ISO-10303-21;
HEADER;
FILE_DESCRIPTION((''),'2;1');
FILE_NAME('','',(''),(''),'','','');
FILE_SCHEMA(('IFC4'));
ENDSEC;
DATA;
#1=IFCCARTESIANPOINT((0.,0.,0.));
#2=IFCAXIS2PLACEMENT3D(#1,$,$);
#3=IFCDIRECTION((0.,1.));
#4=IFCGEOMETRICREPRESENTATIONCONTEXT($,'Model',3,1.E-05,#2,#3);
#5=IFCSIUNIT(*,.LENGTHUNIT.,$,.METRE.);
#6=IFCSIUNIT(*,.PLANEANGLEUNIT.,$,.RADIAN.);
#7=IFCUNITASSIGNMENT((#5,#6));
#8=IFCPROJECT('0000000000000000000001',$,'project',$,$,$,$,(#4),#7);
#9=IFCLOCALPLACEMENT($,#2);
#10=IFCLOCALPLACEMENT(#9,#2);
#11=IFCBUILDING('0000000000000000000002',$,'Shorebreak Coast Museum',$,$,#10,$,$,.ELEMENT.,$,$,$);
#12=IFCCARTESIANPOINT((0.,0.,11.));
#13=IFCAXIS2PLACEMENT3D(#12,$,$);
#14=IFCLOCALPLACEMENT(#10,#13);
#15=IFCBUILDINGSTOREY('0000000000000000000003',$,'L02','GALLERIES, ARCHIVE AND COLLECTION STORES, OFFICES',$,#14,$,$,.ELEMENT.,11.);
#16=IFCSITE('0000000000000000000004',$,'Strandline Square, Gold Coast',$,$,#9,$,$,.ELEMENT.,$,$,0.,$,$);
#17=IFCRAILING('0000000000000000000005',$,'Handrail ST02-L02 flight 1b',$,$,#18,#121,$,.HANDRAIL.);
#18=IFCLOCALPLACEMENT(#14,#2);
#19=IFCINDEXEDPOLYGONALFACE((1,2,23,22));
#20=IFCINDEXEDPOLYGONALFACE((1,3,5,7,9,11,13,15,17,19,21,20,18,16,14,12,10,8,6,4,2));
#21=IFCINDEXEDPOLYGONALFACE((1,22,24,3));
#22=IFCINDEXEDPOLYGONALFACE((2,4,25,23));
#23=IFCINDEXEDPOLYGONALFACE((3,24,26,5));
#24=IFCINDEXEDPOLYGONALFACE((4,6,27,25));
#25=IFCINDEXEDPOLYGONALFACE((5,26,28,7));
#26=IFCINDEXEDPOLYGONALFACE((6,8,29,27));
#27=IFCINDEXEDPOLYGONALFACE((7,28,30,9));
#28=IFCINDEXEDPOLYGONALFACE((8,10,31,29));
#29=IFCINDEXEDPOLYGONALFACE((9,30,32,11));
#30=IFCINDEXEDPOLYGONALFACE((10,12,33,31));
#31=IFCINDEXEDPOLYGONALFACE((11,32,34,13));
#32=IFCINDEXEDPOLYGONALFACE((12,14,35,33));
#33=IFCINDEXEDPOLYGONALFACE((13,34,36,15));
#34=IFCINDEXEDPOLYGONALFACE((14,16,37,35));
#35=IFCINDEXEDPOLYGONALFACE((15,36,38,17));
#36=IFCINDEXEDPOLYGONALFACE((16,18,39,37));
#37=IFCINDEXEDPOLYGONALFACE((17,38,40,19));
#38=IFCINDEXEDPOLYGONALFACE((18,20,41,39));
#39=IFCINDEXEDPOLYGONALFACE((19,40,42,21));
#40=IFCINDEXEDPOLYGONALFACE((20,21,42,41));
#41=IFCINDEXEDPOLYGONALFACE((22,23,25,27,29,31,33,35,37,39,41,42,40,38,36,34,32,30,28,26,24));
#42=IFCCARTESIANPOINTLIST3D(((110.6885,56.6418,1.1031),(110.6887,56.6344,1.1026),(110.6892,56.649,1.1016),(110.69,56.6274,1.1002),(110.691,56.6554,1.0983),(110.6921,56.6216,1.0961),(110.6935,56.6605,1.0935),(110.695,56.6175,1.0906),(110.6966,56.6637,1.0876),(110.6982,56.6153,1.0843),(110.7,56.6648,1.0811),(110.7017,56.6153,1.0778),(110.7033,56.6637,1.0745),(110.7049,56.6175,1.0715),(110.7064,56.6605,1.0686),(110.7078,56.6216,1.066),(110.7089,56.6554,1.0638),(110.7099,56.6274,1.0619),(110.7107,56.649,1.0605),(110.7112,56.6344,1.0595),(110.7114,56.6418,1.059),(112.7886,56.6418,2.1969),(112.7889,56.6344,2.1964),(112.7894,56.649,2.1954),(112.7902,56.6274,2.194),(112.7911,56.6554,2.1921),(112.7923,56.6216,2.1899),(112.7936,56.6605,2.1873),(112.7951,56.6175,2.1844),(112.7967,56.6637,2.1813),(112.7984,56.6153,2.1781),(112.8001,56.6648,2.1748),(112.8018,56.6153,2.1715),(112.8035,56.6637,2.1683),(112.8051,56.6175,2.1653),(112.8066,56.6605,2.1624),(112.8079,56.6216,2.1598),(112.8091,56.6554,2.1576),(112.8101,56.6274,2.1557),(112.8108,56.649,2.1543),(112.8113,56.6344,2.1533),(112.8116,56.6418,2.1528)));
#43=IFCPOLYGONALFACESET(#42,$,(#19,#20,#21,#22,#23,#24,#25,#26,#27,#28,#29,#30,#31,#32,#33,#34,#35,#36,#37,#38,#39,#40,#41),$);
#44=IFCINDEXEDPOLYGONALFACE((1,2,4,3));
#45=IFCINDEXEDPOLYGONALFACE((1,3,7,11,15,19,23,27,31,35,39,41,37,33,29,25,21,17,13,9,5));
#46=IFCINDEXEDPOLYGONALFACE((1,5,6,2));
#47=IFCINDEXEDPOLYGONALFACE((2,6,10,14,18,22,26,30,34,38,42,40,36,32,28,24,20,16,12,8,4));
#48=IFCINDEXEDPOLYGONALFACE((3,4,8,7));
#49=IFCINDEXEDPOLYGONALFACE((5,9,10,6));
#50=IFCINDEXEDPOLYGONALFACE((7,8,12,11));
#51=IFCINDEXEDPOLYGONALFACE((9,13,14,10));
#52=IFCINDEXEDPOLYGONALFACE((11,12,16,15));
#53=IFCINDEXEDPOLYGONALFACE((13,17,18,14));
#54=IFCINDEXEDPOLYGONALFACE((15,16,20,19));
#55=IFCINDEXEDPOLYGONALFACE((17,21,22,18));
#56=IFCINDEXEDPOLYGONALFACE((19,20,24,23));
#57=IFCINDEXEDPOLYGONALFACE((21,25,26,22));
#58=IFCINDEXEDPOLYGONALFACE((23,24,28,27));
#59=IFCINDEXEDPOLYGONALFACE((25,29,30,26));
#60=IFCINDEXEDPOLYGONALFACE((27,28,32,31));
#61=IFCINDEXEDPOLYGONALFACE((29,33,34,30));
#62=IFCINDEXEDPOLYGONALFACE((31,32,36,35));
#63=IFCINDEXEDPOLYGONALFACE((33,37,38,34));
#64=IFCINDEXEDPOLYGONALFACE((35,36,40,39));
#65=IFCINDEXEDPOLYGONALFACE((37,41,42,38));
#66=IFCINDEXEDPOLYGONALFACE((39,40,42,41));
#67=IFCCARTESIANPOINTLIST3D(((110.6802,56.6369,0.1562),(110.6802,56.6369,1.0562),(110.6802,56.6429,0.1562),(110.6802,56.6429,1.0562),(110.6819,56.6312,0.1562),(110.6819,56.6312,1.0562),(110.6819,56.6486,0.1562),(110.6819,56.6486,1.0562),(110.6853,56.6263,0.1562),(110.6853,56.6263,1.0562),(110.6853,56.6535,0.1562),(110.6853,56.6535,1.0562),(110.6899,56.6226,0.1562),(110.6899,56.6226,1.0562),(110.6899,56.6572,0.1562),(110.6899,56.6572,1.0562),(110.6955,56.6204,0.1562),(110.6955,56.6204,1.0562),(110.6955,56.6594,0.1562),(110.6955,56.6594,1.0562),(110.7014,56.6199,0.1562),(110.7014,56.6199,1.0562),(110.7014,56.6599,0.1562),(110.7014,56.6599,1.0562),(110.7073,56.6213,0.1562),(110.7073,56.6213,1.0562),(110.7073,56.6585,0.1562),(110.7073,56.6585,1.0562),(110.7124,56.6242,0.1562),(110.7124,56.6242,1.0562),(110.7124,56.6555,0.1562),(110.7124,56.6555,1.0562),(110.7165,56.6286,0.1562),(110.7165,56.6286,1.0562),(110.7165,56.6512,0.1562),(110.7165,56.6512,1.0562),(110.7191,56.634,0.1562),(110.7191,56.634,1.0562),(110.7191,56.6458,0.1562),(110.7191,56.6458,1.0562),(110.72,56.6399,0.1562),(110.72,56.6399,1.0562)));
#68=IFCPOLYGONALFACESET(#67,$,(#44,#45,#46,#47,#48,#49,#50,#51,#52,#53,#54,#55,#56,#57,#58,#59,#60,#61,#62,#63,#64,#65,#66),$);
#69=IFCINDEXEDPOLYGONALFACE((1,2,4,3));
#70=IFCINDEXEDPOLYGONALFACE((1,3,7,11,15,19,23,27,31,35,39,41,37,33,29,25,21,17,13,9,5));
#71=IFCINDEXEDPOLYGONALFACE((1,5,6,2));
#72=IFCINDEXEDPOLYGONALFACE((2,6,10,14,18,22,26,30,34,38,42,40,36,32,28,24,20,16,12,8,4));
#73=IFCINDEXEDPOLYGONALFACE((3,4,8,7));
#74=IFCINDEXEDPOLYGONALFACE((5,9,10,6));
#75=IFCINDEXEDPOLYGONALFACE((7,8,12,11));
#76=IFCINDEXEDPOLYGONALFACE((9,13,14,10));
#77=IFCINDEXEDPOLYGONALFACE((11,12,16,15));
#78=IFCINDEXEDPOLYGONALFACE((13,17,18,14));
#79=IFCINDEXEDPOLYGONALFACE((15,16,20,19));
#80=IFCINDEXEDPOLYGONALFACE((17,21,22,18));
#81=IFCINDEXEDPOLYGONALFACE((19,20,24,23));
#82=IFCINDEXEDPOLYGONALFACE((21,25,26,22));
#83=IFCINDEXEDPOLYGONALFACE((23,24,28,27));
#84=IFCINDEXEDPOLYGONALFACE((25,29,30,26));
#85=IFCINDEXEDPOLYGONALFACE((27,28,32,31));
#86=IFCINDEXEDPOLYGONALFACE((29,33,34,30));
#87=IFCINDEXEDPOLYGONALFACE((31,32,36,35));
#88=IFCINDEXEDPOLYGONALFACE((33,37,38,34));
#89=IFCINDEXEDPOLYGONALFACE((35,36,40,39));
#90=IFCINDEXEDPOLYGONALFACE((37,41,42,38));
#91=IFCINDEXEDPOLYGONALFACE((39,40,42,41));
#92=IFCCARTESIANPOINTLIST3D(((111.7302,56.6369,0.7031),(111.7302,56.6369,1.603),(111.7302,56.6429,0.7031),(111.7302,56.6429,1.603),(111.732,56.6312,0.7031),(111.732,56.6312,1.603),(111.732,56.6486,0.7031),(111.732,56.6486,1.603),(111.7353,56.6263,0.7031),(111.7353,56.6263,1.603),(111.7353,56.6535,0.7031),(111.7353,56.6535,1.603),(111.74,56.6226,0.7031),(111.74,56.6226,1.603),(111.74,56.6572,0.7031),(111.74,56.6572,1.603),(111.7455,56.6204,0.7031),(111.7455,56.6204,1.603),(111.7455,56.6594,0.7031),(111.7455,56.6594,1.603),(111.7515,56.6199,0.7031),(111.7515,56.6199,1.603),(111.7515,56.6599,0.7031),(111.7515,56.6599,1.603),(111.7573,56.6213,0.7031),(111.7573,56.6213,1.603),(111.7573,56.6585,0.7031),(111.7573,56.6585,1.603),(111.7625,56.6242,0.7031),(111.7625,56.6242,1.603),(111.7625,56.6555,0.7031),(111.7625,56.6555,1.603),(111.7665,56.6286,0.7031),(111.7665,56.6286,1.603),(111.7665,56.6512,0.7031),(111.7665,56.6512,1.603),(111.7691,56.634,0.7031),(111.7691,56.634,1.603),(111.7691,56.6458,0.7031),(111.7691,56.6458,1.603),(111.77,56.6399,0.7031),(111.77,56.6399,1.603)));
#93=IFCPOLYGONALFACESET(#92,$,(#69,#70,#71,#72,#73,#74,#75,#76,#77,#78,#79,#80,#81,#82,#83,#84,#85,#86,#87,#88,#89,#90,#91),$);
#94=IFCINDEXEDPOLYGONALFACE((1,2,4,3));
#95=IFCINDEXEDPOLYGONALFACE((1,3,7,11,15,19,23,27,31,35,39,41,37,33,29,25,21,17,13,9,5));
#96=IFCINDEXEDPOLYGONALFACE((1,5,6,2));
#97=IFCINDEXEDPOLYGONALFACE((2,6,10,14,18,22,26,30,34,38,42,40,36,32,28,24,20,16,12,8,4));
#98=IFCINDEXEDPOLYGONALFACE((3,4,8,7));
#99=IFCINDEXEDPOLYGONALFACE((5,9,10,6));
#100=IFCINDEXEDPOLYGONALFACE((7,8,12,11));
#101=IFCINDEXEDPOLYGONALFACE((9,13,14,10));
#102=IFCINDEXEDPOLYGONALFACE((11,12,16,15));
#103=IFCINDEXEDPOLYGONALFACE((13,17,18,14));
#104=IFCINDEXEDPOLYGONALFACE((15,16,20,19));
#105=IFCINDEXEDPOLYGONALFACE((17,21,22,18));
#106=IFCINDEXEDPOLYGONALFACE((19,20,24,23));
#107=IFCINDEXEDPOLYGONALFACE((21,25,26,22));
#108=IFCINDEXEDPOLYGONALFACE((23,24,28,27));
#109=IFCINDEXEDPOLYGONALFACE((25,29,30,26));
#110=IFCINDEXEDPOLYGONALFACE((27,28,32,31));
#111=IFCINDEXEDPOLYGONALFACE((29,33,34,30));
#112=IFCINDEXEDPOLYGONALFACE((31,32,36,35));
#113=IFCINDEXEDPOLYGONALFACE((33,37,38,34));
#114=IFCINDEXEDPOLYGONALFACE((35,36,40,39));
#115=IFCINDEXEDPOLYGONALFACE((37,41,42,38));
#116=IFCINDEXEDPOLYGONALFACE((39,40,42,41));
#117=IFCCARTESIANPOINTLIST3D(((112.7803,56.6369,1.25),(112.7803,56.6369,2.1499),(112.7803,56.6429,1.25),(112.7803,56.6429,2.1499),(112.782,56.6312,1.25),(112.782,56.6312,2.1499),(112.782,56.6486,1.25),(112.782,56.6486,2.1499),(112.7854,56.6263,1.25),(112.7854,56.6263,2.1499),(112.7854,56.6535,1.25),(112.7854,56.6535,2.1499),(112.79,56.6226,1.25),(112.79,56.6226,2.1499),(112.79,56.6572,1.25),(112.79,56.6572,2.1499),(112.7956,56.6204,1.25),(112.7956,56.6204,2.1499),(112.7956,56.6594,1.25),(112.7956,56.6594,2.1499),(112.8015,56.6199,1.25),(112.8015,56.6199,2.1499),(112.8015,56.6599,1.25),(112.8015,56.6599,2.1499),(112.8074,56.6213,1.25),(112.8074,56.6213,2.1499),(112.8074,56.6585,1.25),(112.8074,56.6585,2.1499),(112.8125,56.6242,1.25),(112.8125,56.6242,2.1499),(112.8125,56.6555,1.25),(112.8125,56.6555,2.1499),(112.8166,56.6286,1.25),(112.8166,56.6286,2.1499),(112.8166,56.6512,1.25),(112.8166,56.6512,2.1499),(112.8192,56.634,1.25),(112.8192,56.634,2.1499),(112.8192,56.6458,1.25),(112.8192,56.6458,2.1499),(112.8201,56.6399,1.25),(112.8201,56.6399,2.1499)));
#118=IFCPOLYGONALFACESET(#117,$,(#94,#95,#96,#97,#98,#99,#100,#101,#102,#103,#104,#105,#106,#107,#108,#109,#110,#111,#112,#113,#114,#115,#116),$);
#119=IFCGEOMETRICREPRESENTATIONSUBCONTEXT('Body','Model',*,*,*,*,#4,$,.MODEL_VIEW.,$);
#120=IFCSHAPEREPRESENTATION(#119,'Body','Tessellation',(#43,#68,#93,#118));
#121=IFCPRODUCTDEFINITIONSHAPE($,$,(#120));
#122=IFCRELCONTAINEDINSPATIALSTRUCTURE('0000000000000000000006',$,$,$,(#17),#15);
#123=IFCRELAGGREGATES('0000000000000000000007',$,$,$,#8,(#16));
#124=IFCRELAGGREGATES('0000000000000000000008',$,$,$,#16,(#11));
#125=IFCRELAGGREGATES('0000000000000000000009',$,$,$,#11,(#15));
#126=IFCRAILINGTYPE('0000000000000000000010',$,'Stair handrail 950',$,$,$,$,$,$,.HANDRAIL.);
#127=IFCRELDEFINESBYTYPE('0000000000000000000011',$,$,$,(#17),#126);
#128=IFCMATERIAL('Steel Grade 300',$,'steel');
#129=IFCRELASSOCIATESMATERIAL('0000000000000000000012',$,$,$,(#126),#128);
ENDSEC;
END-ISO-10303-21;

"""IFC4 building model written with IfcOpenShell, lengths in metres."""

from ifc_helpers import new_model, si_unit, direction, frame, origin, origin_2d, place, context, subcontext, project, spatial, circle, extrude, material, type_object, element, save


model = new_model("IFC4")

# Units and contexts
model_context = context("Model", 3, precision=1e-05, world=origin(), true_north=direction((0.0, 1.0)))
body_context = subcontext(model_context, "Body", "Model", "MODEL_VIEW")
ifc_project = project(units=[si_unit("LENGTHUNIT", "METRE"), si_unit("PLANEANGLEUNIT", "RADIAN")], contexts=[model_context])

# Site, building, storey
site_placement = place(None, origin())
site = spatial("IfcSite", under=ifc_project, at=site_placement, Name="Strandline Square, Gold Coast", CompositionType="ELEMENT", RefElevation=0.0)
building_placement = place(site_placement, origin())
building = spatial("IfcBuilding", under=site, at=building_placement, Name="Shorebreak Coast Museum", CompositionType="ELEMENT")
storey_placement = place(building_placement, frame((0.0, 0.0, 11.0)))
storey = spatial("IfcBuildingStorey", under=building, at=storey_placement, Name="L02", Description="GALLERIES, ARCHIVE AND COLLECTION STORES, OFFICES", CompositionType="ELEMENT", Elevation=11.0)

# Railing
ifc_material_1 = material(Name="Steel Grade 300", Category="steel")
railing_type_1 = type_object("IfcRailingType", Name="Stair handrail 950", PredefinedType="HANDRAIL", material=ifc_material_1)
railing_1_placement = place(storey_placement, frame((110.7, 56.6399, 0.1562)))
element("IfcRailing", 1, at=railing_1_placement, inside=storey, type_object=railing_type_1, Name="Handrail ST02-L02 flight 1b", PredefinedType="HANDRAIL", context=body_context, shape_type="SweptSolid", body=[
    extrude(circle(Radius=0.0249, at=origin_2d()), frame((0.0, 0.0, 0.9248), z_axis=(0.886923, 0.0, 0.461918), x_axis=(0.0, 1.0, 0.0)), (0.0, 0.0, 1.0), 2.3679),
    extrude(circle(Radius=0.02, at=origin_2d()), origin(), (0.0, 0.0, 1.0), 0.8999),
    extrude(circle(Radius=0.02, at=origin_2d()), frame((1.05, 0.0, 0.5469)), (0.0, 0.0, 1.0), 0.8999),
    extrude(circle(Radius=0.02, at=origin_2d()), frame((2.1001, 0.0, 1.0938)), (0.0, 0.0, 1.0), 0.8999),
])

save(model, "model.ifc")
